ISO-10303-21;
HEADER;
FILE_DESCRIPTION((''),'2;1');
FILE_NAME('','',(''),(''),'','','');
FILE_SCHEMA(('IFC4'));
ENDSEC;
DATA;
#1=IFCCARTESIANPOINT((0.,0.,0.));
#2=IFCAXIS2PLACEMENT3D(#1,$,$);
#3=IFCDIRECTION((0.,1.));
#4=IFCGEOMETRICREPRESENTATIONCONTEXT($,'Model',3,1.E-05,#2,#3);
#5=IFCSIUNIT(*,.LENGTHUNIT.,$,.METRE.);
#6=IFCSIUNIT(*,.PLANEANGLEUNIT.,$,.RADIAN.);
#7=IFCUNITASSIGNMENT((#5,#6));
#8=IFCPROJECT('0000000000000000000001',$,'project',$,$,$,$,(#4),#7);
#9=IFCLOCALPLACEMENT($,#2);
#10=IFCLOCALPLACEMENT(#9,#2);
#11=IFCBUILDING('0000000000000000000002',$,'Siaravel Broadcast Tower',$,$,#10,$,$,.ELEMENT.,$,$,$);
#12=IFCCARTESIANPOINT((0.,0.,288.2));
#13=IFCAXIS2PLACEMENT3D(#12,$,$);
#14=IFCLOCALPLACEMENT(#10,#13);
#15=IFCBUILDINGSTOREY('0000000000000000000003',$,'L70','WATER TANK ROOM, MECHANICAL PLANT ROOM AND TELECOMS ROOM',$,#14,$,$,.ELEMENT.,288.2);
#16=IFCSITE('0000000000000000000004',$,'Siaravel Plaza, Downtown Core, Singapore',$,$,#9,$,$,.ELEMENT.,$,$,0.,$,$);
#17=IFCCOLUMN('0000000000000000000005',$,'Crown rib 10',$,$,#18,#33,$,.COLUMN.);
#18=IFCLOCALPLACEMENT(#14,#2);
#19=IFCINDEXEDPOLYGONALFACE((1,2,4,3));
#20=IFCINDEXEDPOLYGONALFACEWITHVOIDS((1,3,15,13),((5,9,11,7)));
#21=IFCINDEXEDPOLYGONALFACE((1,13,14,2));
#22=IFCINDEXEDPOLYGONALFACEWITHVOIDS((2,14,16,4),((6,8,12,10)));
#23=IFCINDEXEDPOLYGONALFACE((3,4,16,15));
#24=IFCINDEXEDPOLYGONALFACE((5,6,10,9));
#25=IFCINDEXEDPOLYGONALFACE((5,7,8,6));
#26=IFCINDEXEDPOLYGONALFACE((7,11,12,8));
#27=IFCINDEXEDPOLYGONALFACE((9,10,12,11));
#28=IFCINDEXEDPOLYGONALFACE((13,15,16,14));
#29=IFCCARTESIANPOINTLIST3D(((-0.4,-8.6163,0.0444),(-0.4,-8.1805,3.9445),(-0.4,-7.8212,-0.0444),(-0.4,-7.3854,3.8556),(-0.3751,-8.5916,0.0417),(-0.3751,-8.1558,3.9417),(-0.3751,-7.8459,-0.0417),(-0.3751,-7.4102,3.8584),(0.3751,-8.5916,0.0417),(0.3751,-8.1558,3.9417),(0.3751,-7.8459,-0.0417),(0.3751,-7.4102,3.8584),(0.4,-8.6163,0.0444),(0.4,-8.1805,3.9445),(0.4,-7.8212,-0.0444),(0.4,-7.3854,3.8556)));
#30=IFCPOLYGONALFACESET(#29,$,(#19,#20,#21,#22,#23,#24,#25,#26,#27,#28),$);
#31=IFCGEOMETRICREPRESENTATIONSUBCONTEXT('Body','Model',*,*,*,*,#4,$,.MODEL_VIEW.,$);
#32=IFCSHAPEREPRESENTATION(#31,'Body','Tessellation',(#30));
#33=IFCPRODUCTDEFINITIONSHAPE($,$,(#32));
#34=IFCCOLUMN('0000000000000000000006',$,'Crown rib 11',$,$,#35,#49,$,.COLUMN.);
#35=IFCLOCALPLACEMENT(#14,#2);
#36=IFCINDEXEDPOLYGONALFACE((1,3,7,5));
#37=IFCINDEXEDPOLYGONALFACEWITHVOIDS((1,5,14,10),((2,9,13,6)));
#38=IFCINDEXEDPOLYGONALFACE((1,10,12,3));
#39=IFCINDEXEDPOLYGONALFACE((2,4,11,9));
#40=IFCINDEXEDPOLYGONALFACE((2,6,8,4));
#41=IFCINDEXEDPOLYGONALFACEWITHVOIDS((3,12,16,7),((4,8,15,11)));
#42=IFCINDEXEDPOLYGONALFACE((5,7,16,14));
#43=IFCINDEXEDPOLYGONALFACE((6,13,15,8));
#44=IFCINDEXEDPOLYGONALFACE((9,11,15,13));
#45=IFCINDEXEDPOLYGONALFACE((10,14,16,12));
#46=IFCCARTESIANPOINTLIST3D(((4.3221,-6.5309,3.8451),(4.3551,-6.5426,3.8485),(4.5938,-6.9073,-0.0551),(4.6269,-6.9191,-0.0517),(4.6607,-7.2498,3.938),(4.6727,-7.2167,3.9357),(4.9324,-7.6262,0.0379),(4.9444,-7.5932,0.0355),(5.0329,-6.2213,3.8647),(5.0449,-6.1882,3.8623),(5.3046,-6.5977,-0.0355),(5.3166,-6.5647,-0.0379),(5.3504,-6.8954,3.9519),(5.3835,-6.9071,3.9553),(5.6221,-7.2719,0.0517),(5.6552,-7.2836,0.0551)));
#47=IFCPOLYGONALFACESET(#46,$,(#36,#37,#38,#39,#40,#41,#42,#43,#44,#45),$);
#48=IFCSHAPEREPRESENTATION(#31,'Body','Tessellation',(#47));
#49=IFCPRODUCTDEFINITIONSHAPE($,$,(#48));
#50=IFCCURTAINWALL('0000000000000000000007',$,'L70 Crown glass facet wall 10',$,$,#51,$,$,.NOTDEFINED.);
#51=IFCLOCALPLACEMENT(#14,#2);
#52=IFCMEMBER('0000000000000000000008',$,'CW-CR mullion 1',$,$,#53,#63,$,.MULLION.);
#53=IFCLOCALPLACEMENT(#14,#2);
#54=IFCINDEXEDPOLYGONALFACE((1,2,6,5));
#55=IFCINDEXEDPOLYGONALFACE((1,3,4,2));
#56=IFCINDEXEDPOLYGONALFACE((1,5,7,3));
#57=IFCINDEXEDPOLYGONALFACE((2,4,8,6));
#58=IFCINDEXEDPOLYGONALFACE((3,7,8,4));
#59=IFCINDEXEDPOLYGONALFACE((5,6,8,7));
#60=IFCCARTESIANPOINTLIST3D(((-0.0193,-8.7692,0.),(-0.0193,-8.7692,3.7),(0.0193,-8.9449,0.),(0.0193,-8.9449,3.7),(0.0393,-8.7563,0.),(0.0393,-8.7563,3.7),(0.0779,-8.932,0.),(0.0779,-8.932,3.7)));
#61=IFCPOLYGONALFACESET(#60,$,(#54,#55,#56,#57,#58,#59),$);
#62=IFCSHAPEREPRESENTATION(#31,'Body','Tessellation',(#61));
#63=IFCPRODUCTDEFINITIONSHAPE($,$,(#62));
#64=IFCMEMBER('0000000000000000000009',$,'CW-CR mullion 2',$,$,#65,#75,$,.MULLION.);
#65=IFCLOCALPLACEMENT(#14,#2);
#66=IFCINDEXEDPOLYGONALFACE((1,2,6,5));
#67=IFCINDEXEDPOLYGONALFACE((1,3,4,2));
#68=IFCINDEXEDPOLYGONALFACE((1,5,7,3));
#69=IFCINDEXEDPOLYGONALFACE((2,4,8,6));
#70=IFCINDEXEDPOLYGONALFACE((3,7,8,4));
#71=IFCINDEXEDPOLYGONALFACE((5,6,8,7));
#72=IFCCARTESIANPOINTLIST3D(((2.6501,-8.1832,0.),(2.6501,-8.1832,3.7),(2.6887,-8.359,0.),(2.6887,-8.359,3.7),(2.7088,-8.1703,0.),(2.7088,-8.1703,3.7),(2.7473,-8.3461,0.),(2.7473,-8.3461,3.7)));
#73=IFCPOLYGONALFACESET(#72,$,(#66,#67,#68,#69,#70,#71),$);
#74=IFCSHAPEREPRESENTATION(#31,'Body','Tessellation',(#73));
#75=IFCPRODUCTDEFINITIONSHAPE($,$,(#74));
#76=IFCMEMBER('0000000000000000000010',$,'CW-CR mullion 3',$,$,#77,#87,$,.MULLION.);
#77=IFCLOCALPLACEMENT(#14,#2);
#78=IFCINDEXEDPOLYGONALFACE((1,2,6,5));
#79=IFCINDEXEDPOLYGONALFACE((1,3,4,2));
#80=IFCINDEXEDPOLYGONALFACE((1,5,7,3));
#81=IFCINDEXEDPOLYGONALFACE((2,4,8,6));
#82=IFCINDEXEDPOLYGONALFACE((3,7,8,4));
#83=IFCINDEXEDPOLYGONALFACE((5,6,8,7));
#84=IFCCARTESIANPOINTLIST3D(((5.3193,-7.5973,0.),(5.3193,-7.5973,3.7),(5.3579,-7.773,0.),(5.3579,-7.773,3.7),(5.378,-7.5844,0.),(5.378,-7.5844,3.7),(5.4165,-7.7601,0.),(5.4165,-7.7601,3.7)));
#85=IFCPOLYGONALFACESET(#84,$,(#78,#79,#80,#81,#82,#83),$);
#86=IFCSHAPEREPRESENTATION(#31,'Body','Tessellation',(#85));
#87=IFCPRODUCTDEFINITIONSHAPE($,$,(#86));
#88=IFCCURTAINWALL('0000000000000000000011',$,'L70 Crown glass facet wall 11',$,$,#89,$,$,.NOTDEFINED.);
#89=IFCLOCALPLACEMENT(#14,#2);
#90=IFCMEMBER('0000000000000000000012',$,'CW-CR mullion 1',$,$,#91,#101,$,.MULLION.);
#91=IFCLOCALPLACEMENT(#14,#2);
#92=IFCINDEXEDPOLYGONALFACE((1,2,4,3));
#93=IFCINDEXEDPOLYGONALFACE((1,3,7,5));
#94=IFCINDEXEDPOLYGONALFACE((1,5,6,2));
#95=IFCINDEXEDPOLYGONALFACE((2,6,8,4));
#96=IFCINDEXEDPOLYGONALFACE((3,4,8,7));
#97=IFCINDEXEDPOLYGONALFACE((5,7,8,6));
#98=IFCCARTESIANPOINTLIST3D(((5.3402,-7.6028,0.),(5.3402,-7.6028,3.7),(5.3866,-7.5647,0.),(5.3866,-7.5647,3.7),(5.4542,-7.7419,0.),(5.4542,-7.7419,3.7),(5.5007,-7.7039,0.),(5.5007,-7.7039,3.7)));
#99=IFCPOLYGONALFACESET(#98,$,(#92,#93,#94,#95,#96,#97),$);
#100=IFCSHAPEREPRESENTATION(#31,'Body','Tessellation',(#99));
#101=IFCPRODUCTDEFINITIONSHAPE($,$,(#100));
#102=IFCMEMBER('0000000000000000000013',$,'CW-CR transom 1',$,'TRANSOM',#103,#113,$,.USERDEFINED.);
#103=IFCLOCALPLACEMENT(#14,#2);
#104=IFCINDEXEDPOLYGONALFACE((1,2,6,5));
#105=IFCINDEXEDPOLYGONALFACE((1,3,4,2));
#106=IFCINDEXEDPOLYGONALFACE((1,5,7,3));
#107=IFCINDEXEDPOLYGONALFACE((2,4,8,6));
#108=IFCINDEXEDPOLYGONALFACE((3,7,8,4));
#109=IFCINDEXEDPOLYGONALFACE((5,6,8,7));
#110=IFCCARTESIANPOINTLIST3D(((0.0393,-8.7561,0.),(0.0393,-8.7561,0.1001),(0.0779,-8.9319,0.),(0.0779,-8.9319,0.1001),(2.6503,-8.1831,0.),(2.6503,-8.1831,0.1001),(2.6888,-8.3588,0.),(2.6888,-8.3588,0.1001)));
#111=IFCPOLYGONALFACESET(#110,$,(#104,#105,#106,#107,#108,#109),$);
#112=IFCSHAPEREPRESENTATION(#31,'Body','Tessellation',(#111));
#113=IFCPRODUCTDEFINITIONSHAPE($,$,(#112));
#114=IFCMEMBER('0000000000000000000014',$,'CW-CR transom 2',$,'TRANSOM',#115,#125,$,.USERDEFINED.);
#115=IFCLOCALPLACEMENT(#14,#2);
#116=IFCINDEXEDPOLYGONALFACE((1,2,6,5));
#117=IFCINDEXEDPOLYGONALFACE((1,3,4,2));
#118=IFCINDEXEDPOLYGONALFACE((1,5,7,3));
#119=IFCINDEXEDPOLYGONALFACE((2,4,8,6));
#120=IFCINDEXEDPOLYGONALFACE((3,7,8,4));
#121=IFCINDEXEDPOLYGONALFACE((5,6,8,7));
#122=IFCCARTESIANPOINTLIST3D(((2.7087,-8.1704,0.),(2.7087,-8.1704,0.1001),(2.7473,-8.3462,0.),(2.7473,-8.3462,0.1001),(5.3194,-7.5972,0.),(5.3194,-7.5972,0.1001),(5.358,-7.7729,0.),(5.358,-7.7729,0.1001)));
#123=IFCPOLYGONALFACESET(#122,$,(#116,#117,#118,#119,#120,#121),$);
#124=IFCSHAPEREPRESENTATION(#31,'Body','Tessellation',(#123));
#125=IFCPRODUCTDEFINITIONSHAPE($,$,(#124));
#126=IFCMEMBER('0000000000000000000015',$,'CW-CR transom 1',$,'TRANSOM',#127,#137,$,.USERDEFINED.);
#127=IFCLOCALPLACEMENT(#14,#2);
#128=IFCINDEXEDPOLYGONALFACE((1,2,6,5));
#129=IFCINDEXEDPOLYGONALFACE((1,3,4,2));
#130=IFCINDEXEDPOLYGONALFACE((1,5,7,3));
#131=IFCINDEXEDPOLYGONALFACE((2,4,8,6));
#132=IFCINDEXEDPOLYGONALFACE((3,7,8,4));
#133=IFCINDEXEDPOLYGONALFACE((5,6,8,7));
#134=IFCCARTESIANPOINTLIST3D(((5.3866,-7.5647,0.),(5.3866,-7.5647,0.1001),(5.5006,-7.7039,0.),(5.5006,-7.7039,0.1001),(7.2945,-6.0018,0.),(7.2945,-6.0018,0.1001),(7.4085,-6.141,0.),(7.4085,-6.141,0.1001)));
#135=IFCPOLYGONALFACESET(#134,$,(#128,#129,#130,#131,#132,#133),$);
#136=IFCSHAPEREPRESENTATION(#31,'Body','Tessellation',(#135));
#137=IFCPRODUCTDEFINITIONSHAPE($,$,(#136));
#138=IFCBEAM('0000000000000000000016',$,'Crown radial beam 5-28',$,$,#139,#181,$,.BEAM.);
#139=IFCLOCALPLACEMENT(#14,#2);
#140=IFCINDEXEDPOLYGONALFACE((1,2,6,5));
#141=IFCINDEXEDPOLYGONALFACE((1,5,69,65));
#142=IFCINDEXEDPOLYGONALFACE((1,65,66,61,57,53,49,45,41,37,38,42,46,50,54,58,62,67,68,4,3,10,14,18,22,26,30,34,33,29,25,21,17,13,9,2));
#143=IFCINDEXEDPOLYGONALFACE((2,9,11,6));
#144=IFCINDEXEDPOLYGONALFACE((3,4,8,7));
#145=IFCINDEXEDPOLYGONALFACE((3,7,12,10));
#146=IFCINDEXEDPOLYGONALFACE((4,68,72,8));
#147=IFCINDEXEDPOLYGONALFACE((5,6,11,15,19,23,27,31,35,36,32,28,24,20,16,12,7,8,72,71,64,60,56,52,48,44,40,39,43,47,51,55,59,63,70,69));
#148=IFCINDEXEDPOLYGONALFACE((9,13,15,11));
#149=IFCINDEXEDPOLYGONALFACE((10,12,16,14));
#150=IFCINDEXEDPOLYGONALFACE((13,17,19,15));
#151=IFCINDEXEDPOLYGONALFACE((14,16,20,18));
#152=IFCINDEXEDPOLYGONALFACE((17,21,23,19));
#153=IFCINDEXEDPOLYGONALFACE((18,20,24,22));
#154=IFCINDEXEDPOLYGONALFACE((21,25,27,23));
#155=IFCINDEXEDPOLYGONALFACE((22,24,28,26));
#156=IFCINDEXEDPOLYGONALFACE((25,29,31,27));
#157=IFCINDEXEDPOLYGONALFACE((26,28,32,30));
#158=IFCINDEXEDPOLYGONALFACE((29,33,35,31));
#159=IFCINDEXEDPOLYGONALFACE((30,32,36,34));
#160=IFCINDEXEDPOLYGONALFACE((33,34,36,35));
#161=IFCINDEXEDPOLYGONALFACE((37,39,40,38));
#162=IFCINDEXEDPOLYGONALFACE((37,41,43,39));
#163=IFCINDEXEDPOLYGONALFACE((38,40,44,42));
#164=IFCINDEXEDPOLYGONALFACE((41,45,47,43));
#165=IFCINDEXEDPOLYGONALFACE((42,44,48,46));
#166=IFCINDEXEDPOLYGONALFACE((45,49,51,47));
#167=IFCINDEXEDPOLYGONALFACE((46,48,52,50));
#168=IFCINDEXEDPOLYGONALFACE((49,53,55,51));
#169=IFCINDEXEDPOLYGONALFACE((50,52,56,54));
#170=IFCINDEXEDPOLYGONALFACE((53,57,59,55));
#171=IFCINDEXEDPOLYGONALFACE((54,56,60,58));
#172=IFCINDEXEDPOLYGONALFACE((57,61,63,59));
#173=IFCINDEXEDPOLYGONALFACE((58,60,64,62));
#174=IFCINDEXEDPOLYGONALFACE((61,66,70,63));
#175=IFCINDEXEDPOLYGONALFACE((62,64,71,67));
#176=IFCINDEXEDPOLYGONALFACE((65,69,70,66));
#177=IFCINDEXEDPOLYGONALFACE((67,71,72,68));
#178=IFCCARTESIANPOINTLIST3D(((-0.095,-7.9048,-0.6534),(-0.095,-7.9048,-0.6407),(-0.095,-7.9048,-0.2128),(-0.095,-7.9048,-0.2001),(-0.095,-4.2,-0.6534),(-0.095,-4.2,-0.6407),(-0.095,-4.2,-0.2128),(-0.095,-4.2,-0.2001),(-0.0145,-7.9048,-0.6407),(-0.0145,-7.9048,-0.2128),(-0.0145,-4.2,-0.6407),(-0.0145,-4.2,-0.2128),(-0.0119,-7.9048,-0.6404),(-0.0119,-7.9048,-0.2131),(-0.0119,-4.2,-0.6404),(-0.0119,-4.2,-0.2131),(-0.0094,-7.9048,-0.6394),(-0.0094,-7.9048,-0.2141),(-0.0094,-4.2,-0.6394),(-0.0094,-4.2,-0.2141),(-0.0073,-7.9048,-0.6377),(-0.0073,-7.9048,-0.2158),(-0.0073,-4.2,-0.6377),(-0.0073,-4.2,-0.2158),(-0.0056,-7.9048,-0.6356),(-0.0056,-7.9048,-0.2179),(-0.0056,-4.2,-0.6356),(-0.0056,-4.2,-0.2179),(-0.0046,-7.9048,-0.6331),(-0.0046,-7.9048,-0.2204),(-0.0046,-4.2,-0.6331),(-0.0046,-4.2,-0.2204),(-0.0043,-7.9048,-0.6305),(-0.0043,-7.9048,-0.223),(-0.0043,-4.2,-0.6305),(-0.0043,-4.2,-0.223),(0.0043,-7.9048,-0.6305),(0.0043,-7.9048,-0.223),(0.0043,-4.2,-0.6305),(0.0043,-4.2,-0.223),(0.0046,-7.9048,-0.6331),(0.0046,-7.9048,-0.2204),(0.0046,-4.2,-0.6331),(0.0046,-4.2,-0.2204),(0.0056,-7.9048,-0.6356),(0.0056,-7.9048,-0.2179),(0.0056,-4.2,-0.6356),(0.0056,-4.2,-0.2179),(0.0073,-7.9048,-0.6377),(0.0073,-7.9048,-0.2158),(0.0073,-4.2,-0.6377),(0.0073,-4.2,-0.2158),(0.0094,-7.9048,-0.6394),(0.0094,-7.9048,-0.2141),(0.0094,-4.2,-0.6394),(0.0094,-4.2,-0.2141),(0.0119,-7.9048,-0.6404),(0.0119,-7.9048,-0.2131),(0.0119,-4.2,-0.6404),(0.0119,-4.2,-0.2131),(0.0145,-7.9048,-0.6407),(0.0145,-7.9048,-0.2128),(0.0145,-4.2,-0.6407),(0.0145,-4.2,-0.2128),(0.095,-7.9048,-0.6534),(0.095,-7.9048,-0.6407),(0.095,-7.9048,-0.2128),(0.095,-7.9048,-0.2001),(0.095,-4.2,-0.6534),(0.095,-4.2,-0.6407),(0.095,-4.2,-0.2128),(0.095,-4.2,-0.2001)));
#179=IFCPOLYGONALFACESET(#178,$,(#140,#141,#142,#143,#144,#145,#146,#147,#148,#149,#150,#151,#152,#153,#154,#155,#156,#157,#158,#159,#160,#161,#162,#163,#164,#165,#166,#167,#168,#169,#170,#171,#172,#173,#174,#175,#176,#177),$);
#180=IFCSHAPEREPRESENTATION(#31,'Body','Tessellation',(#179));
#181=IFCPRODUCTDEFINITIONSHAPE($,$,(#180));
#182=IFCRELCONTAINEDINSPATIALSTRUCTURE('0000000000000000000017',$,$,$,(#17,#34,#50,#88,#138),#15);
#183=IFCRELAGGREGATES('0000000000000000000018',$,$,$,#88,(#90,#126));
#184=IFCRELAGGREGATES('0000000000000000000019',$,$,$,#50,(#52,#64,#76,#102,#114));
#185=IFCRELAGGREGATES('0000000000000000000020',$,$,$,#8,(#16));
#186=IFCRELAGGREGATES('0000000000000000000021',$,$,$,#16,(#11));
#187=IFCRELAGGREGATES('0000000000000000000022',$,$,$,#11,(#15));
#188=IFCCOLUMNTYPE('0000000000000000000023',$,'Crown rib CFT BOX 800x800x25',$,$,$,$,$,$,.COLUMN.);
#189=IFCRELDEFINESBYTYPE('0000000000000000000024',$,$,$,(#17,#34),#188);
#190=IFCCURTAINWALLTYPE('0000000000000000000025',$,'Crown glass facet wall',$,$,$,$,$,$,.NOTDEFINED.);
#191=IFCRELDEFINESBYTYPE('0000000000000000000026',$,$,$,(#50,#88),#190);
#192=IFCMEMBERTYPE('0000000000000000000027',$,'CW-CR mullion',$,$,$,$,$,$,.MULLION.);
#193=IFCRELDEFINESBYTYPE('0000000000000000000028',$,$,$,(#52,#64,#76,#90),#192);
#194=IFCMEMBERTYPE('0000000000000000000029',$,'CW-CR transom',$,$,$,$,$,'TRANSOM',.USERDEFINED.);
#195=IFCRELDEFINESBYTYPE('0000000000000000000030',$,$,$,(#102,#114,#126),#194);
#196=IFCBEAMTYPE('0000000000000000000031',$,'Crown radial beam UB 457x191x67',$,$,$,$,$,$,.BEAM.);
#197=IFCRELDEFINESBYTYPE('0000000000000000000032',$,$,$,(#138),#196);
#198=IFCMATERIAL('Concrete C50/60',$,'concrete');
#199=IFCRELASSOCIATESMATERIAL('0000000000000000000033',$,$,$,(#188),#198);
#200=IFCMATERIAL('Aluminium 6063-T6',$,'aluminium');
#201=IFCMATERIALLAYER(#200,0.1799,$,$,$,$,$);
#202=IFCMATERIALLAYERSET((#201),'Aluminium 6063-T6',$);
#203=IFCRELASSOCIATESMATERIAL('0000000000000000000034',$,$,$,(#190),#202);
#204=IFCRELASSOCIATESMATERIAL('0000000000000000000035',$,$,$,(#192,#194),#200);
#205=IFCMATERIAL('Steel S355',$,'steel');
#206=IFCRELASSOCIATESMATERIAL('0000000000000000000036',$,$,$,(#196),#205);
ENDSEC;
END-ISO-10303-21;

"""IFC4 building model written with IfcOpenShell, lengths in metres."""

from ifc_helpers import new_model, si_unit, direction, frame, origin, origin_2d, place, context, subcontext, project, spatial, rectangle, hollow_rectangle, i_section, extrude, material, layer, layer_set, material_profile, profile_set, type_object, element, aggregate, save


model = new_model("IFC4")

# Units and contexts
model_context = context("Model", 3, precision=1e-05, world=origin(), true_north=direction((0.0, 1.0)))
body_context = subcontext(model_context, "Body", "Model", "MODEL_VIEW")
ifc_project = project(units=[si_unit("LENGTHUNIT", "METRE"), si_unit("PLANEANGLEUNIT", "RADIAN")], contexts=[model_context])

# Site, building, storey
site_placement = place(None, origin())
site = spatial("IfcSite", under=ifc_project, at=site_placement, Name="Siaravel Plaza, Downtown Core, Singapore", CompositionType="ELEMENT", RefElevation=0.0)
building_placement = place(site_placement, origin())
building = spatial("IfcBuilding", under=site, at=building_placement, Name="Siaravel Broadcast Tower", CompositionType="ELEMENT")
storey_placement = place(building_placement, frame((0.0, 0.0, 288.2)))
storey = spatial("IfcBuildingStorey", under=building, at=storey_placement, Name="L70", Description="WATER TANK ROOM, MECHANICAL PLANT ROOM AND TELECOMS ROOM", CompositionType="ELEMENT", Elevation=288.2)

# Columns
ifc_material_1 = material(Name="Concrete C50/60", Category="concrete")
ifc_material_profile_1 = material_profile(ifc_material_1, hollow_rectangle(XDim=0.8, YDim=0.8, WallThickness=0.0249, at=origin_2d()))
ifc_profile_set_1 = profile_set([ifc_material_profile_1], Name="Concrete C50/60")
column_type = type_object("IfcColumnType", Name="Crown rib CFT BOX 800x800x25", PredefinedType="COLUMN", material=ifc_profile_set_1)
column_1_placement = place(storey_placement, frame((0.0, -8.2188, 0.0), z_axis=(0.0, 0.111046, 0.993815), x_axis=(-1.0, 0.0, 0.0)))
element("IfcColumn", 1, at=column_1_placement, inside=storey, type_object=column_type, Name="Crown rib 10", PredefinedType="COLUMN", context=body_context, shape_type="SweptSolid", body=[
    extrude(hollow_rectangle(XDim=0.8, YDim=0.8, WallThickness=0.0249, at=origin_2d()), origin(), (0.0, 0.0, 1.0), 3.9243),
])
column_2_placement = place(storey_placement, frame((5.1245, -7.0955, 0.0), z_axis=(-0.069183, 0.095849, 0.992989), x_axis=(-0.903382, -0.428292, -0.021599)))
element("IfcColumn", 2, at=column_2_placement, inside=storey, type_object=column_type, Name="Crown rib 11", PredefinedType="COLUMN", context=body_context, shape_type="SweptSolid", body=[
    extrude(hollow_rectangle(XDim=0.8, YDim=0.8, WallThickness=0.0249, at=origin_2d()), origin(), (0.0, 0.0, 1.0), 3.9277),
])

# Curtain wall, members
ifc_material_2 = material(Name="Aluminium 6063-T6", Category="aluminium")
ifc_layer_1 = layer(ifc_material_2, 0.1799)
ifc_layer_set_1 = layer_set([ifc_layer_1], Name="Aluminium 6063-T6")
curtain_wall_type = type_object("IfcCurtainWallType", Name="Crown glass facet wall", PredefinedType="NOTDEFINED", material=ifc_layer_set_1)
curtain_wall_1_placement = place(storey_placement, origin())
curtain_wall_1 = element("IfcCurtainWall", 3, at=curtain_wall_1_placement, inside=storey, type_object=curtain_wall_type, Name="L70 Crown glass facet wall 10", PredefinedType="NOTDEFINED")
ifc_material_profile_2 = material_profile(ifc_material_2, rectangle(XDim=0.1799, YDim=0.0601, at=origin_2d()))
ifc_profile_set_2 = profile_set([ifc_material_profile_2], Name="Aluminium 6063-T6")
member_type_1 = type_object("IfcMemberType", Name="CW-CR mullion", PredefinedType="MULLION", material=ifc_profile_set_2)
member_1_placement = place(storey_placement, frame((0.0293, -8.8506, 0.0), z_axis=(0.0, 0.0, 1.0), x_axis=(-0.214396, 0.976747, 0.0)))
member_1 = element("IfcMember", 4, at=member_1_placement, type_object=member_type_1, Name="CW-CR mullion 1", PredefinedType="MULLION", context=body_context, shape_type="SweptSolid", body=[
    extrude(rectangle(XDim=0.1799, YDim=0.0601, at=origin_2d()), origin(), (0.0, 0.0, 1.0), 3.7),
])
member_2_placement = place(storey_placement, frame((2.6987, -8.2646, 0.0), z_axis=(0.0, 0.0, 1.0), x_axis=(-0.214396, 0.976747, 0.0)))
member_2 = element("IfcMember", 5, at=member_2_placement, type_object=member_type_1, Name="CW-CR mullion 2", PredefinedType="MULLION", context=body_context, shape_type="SweptSolid", body=[
    extrude(rectangle(XDim=0.1799, YDim=0.0601, at=origin_2d()), origin(), (0.0, 0.0, 1.0), 3.7),
])
member_3_placement = place(storey_placement, frame((5.3679, -7.6787, 0.0), z_axis=(0.0, 0.0, 1.0), x_axis=(-0.214396, 0.976747, 0.0)))
member_3 = element("IfcMember", 6, at=member_3_placement, type_object=member_type_1, Name="CW-CR mullion 3", PredefinedType="MULLION", context=body_context, shape_type="SweptSolid", body=[
    extrude(rectangle(XDim=0.1799, YDim=0.0601, at=origin_2d()), origin(), (0.0, 0.0, 1.0), 3.7),
])

# Curtain wall, member
curtain_wall_2_placement = place(storey_placement, origin())
curtain_wall_2 = element("IfcCurtainWall", 7, at=curtain_wall_2_placement, inside=storey, type_object=curtain_wall_type, Name="L70 Crown glass facet wall 11", PredefinedType="NOTDEFINED")
member_4_placement = place(storey_placement, frame((5.4204, -7.6533, 0.0), z_axis=(0.0, 0.0, 1.0), x_axis=(-0.633718, 0.773564, 0.0)))
member_4 = element("IfcMember", 8, at=member_4_placement, type_object=member_type_1, Name="CW-CR mullion 1", PredefinedType="MULLION", context=body_context, shape_type="SweptSolid", body=[
    extrude(rectangle(XDim=0.1799, YDim=0.0601, at=origin_2d()), origin(), (0.0, 0.0, 1.0), 3.7),
])

# Members
ifc_material_profile_3 = material_profile(ifc_material_2, rectangle(XDim=0.1799, YDim=0.1001, at=origin_2d()))
ifc_profile_set_3 = profile_set([ifc_material_profile_3], Name="Aluminium 6063-T6")
member_type_2 = type_object("IfcMemberType", Name="CW-CR transom", ElementType="TRANSOM", PredefinedType="USERDEFINED", material=ifc_profile_set_3)
member_5_placement = place(storey_placement, frame((0.0586, -8.844, 0.05), z_axis=(0.976753, 0.214367, 0.0), x_axis=(-0.214367, 0.976753, 0.0)))
member_5 = element("IfcMember", 9, at=member_5_placement, type_object=member_type_2, Name="CW-CR transom 1", ObjectType="TRANSOM", PredefinedType="USERDEFINED", context=body_context, shape_type="SweptSolid", body=[
    extrude(rectangle(XDim=0.1799, YDim=0.1001, at=origin_2d()), origin(), (0.0, 0.0, 1.0), 2.6731),
])
member_6_placement = place(storey_placement, frame((2.728, -8.2583, 0.05), z_axis=(0.97673, 0.214473, 0.0), x_axis=(-0.214473, 0.97673, 0.0)))
member_6 = element("IfcMember", 10, at=member_6_placement, type_object=member_type_2, Name="CW-CR transom 2", ObjectType="TRANSOM", PredefinedType="USERDEFINED", context=body_context, shape_type="SweptSolid", body=[
    extrude(rectangle(XDim=0.1799, YDim=0.1001, at=origin_2d()), origin(), (0.0, 0.0, 1.0), 2.6729),
])
member_7_placement = place(storey_placement, frame((5.4436, -7.6343, 0.05), z_axis=(0.773573, 0.633707, 0.0), x_axis=(-0.633707, 0.773573, 0.0)))
member_7 = element("IfcMember", 11, at=member_7_placement, type_object=member_type_2, Name="CW-CR transom 1", ObjectType="TRANSOM", PredefinedType="USERDEFINED", context=body_context, shape_type="SweptSolid", body=[
    extrude(rectangle(XDim=0.1799, YDim=0.1001, at=origin_2d()), origin(), (0.0, 0.0, 1.0), 2.4663),
])
aggregate(curtain_wall_2, [member_4, member_7])

# Beam
ifc_material_3 = material(Name="Steel S355", Category="steel")
ifc_material_profile_4 = material_profile(ifc_material_3, i_section(OverallWidth=0.1899, OverallDepth=0.4534, WebThickness=0.0085, FlangeThickness=0.0127, FilletRadius=0.0103, at=origin_2d()))
ifc_profile_set_4 = profile_set([ifc_material_profile_4], Name="Steel S355")
beam_type_1 = type_object("IfcBeamType", Name="Crown radial beam UB 457x191x67", PredefinedType="BEAM", material=ifc_profile_set_4)
beam_1_placement = place(storey_placement, frame((0.0, -7.9048, -0.4268), z_axis=(0.0, 1.0, 0.0), x_axis=(-1.0, 0.0, 0.0)))
element("IfcBeam", 12, at=beam_1_placement, inside=storey, type_object=beam_type_1, Name="Crown radial beam 5-28", PredefinedType="BEAM", context=body_context, shape_type="SweptSolid", body=[
    extrude(i_section(OverallWidth=0.1899, OverallDepth=0.4534, WebThickness=0.0085, FlangeThickness=0.0127, FilletRadius=0.0103, at=origin_2d()), origin(), (0.0, 0.0, 1.0), 3.7048),
])

aggregate(curtain_wall_1, [member_1, member_2, member_3, member_5, member_6])

save(model, "model.ifc")
